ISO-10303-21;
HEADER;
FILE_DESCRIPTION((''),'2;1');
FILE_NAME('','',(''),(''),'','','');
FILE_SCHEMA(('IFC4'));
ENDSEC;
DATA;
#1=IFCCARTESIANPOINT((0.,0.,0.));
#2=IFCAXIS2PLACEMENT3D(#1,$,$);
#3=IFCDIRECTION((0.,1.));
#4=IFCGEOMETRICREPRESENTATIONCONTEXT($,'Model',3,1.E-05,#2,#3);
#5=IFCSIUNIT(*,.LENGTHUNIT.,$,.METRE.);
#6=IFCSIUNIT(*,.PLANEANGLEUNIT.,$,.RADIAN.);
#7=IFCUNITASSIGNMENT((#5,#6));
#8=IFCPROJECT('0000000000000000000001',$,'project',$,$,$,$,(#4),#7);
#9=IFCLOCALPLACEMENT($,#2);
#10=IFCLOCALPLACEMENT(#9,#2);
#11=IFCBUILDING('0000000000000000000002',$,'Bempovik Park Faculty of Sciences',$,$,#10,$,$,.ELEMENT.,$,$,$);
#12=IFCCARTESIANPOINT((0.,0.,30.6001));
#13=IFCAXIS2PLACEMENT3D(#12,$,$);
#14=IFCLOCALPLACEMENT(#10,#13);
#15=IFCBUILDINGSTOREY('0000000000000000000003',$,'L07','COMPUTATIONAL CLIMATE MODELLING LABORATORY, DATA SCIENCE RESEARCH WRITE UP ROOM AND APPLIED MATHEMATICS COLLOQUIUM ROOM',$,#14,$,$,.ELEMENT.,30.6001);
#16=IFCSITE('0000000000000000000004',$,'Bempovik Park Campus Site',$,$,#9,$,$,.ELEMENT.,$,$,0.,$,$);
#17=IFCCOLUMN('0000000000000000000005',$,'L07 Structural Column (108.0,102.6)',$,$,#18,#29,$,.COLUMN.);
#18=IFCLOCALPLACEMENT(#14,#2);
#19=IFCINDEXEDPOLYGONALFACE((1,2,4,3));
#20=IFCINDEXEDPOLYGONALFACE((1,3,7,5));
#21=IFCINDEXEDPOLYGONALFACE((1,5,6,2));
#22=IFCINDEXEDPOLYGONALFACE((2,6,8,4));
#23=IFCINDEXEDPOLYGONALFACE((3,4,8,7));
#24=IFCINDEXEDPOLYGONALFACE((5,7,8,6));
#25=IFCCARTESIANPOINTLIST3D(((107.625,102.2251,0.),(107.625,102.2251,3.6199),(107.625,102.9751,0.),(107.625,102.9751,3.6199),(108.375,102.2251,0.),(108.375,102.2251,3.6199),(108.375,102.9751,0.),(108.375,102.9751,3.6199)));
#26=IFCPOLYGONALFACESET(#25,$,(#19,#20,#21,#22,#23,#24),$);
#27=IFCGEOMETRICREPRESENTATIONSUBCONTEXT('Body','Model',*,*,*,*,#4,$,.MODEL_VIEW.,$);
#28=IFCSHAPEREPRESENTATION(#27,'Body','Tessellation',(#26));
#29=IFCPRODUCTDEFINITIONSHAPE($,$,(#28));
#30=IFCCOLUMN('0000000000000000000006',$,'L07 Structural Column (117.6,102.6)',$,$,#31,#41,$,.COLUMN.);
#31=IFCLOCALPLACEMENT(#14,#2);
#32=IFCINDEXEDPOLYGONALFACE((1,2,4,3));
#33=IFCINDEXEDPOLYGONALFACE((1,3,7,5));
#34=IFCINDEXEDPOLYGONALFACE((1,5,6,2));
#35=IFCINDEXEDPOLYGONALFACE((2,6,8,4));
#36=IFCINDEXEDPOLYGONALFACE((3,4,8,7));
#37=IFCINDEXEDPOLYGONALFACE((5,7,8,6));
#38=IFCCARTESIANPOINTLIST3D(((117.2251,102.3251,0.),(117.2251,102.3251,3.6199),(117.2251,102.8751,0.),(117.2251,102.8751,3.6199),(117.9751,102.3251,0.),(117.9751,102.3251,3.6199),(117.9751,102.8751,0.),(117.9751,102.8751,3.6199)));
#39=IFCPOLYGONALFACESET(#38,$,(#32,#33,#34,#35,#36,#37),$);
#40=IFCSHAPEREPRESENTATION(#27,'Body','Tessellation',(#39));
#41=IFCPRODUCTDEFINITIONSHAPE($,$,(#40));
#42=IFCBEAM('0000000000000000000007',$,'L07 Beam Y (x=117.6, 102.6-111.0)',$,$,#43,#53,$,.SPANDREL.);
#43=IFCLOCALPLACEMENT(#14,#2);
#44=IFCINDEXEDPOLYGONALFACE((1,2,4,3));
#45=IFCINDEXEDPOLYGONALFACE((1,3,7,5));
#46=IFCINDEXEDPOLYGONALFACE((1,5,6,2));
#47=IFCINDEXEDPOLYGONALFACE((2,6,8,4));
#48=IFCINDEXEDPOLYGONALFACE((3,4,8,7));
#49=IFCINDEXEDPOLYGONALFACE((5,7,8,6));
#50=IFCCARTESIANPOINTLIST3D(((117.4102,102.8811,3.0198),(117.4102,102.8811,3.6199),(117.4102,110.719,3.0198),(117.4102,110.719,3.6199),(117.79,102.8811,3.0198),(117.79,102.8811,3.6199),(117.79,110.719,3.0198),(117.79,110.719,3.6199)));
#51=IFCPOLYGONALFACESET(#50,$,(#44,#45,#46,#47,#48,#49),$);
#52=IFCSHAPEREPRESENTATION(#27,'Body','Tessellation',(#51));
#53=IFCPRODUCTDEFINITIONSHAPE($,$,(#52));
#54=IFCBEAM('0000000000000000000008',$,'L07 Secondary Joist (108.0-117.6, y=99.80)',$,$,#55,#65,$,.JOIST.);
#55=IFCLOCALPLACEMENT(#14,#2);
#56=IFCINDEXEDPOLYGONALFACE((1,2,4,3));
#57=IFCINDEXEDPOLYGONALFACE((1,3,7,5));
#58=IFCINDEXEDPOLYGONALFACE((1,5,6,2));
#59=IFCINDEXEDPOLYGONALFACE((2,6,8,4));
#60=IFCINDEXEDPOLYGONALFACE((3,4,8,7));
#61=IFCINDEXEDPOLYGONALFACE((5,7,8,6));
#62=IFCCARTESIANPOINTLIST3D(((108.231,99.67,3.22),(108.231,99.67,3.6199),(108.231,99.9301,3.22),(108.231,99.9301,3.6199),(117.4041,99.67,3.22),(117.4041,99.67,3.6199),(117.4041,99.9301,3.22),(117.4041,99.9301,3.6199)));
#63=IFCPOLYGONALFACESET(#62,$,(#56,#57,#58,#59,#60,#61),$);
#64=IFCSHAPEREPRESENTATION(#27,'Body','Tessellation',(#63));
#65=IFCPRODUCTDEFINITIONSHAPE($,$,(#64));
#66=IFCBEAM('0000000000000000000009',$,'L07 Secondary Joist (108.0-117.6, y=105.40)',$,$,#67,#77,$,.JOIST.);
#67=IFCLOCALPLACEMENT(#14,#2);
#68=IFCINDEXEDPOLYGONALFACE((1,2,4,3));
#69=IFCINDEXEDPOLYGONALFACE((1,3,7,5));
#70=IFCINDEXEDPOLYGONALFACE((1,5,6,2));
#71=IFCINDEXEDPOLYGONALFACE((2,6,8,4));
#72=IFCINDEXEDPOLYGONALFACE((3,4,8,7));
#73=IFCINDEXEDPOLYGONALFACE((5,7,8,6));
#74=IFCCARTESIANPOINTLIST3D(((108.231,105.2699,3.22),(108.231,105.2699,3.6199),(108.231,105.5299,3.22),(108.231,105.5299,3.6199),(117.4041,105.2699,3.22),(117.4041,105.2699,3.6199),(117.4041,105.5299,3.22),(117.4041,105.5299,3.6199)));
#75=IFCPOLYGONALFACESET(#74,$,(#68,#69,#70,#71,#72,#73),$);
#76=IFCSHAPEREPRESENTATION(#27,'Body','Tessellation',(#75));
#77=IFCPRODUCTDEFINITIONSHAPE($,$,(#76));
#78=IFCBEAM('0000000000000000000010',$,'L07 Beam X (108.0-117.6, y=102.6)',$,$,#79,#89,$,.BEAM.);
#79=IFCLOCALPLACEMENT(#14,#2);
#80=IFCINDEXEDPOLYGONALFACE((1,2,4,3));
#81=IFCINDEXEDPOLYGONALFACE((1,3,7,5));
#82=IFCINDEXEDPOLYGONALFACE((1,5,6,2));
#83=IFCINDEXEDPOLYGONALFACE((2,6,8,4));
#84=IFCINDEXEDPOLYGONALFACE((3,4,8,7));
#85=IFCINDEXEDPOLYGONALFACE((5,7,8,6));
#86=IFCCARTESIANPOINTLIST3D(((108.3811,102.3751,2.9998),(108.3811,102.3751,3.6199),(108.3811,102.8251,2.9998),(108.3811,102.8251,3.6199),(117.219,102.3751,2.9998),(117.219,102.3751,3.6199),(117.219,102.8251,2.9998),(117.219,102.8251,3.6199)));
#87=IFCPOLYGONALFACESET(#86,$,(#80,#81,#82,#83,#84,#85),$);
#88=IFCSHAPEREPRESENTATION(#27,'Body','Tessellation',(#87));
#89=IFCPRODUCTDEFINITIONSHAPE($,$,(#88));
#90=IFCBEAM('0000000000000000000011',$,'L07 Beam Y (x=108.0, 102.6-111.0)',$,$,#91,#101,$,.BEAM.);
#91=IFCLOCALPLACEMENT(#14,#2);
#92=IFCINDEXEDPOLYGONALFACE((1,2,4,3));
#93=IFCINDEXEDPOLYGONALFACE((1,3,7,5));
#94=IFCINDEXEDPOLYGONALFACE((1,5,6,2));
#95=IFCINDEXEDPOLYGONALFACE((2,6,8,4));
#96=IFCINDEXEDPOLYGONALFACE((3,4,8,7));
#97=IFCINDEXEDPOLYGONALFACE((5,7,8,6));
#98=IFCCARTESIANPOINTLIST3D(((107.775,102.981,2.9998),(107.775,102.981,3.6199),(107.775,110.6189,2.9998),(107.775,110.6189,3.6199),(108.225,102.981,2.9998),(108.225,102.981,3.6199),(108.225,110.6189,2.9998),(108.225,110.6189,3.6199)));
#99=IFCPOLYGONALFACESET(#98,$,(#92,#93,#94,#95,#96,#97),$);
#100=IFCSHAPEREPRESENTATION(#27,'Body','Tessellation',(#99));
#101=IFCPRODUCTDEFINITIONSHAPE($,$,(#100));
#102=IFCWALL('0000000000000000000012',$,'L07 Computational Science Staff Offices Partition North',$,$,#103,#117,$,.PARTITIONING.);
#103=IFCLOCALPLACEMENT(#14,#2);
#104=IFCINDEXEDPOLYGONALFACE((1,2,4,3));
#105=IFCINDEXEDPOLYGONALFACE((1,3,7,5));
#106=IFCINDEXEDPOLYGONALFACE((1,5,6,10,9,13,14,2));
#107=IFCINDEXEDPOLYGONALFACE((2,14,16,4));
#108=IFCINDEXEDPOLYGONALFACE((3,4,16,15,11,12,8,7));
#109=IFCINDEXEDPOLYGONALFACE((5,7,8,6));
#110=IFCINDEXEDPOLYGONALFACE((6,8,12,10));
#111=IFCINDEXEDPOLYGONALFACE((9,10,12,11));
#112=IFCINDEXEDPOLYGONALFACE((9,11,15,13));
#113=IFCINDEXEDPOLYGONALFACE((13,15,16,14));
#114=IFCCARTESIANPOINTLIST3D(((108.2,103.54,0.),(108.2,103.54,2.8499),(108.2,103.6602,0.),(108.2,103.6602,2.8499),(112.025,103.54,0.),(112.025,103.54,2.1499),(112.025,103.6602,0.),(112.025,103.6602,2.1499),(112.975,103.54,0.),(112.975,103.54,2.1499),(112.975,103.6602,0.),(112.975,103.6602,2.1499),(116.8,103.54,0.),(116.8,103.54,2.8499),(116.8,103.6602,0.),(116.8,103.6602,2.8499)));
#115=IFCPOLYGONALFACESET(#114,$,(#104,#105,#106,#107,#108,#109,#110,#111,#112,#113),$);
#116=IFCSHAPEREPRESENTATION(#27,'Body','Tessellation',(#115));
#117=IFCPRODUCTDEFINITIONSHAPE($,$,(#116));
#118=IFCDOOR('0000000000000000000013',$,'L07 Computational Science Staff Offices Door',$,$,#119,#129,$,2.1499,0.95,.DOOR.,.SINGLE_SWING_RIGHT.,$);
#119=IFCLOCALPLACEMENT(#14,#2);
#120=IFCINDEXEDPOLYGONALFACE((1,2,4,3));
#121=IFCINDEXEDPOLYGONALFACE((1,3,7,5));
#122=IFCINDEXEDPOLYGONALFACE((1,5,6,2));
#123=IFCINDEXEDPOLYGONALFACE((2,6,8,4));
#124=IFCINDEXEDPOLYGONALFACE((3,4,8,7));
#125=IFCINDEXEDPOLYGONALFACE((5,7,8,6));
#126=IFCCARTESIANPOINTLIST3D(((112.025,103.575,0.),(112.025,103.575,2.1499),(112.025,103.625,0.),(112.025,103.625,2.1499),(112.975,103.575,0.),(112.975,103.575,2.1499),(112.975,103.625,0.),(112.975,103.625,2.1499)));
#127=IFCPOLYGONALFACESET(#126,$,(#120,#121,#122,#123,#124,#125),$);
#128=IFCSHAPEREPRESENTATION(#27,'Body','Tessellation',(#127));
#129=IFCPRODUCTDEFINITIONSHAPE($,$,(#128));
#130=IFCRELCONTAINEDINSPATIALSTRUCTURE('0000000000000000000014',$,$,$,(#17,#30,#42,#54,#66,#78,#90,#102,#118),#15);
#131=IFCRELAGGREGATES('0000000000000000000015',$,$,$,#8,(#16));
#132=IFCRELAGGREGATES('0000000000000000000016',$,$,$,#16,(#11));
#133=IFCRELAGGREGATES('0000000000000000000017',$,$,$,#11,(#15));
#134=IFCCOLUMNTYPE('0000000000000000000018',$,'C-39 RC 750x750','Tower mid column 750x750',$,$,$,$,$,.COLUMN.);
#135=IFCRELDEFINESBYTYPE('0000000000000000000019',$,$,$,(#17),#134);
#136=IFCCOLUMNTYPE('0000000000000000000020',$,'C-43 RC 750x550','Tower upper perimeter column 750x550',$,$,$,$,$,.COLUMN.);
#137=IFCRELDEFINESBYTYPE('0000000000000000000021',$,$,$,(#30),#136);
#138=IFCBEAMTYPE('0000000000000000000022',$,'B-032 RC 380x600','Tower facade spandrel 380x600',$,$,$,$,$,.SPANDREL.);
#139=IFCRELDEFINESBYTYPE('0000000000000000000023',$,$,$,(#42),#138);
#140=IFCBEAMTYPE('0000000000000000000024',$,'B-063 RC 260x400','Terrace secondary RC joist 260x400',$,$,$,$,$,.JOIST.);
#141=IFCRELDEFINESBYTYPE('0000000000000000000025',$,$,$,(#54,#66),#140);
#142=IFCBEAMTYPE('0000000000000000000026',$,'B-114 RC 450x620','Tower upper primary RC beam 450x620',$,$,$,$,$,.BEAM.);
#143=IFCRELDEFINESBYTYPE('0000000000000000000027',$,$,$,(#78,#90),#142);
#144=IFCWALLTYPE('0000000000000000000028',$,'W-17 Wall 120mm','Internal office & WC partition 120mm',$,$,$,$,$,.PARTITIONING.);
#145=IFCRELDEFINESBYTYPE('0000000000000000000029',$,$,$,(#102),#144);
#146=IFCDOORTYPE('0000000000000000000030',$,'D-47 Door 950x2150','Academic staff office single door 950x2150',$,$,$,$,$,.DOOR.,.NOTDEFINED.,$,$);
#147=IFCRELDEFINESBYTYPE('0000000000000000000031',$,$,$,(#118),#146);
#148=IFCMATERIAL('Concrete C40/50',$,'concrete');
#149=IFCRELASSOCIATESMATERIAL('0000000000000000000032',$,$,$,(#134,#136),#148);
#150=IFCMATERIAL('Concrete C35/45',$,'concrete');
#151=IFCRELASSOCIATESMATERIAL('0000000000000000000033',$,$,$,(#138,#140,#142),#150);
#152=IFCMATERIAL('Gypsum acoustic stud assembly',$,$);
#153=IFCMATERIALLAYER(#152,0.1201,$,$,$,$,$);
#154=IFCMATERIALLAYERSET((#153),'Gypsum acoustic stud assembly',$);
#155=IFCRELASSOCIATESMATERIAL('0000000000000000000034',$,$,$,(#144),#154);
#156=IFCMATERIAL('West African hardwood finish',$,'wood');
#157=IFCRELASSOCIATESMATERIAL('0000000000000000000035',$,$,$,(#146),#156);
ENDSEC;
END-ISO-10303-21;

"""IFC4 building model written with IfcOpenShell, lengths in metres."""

from ifc_helpers import new_model, si_unit, direction, frame, frame_2d, origin, origin_2d, place, context, subcontext, project, spatial, rectangle, extrude, material, layer, layer_set, material_profile, profile_set, type_object, element, fill, save


model = new_model("IFC4")

# Units and contexts
model_context = context("Model", 3, precision=1e-05, world=origin(), true_north=direction((0.0, 1.0)))
body_context = subcontext(model_context, "Body", "Model", "MODEL_VIEW")
ifc_project = project(units=[si_unit("LENGTHUNIT", "METRE"), si_unit("PLANEANGLEUNIT", "RADIAN")], contexts=[model_context])

# Site, building, storey
site_placement = place(None, origin())
site = spatial("IfcSite", under=ifc_project, at=site_placement, Name="Bempovik Park Campus Site", CompositionType="ELEMENT", RefElevation=0.0)
building_placement = place(site_placement, origin())
building = spatial("IfcBuilding", under=site, at=building_placement, Name="Bempovik Park Faculty of Sciences", CompositionType="ELEMENT")
storey_placement = place(building_placement, frame((0.0, 0.0, 30.6001)))
storey = spatial("IfcBuildingStorey", under=building, at=storey_placement, Name="L07", Description="COMPUTATIONAL CLIMATE MODELLING LABORATORY, DATA SCIENCE RESEARCH WRITE UP ROOM AND APPLIED MATHEMATICS COLLOQUIUM ROOM", CompositionType="ELEMENT", Elevation=30.6001)

# Columns
ifc_material_1 = material(Name="Concrete C40/50", Category="concrete")
ifc_material_profile_1 = material_profile(ifc_material_1, rectangle(XDim=0.75, YDim=0.75, at=origin_2d()), Name="RC 750x750")
ifc_profile_set_1 = profile_set([ifc_material_profile_1], Name="Concrete C40/50")
column_type_1 = type_object("IfcColumnType", Name="C-39 RC 750x750", Description="Tower mid column 750x750", PredefinedType="COLUMN", material=ifc_profile_set_1)
column_1_placement = place(storey_placement, frame((108.0, 102.6001, 0.0), z_axis=(0.0, 0.0, 1.0), x_axis=(1.0, 0.0, 0.0)))
element("IfcColumn", 1, at=column_1_placement, inside=storey, type_object=column_type_1, Name="L07 Structural Column (108.0,102.6)", PredefinedType="COLUMN", context=body_context, shape_type="SweptSolid", body=[
    extrude(rectangle(XDim=0.75, YDim=0.75, at=origin_2d()), origin(), (0.0, 0.0, 1.0), 3.6199),
])
ifc_material_profile_2 = material_profile(ifc_material_1, rectangle(XDim=0.75, YDim=0.55, at=origin_2d()), Name="RC 750x550")
ifc_profile_set_2 = profile_set([ifc_material_profile_2], Name="Concrete C40/50")
column_type_2 = type_object("IfcColumnType", Name="C-43 RC 750x550", Description="Tower upper perimeter column 750x550", PredefinedType="COLUMN", material=ifc_profile_set_2)
column_2_placement = place(storey_placement, frame((117.6001, 102.6001, 0.0), z_axis=(0.0, 0.0, 1.0), x_axis=(1.0, 0.0, 0.0)))
element("IfcColumn", 2, at=column_2_placement, inside=storey, type_object=column_type_2, Name="L07 Structural Column (117.6,102.6)", PredefinedType="COLUMN", context=body_context, shape_type="SweptSolid", body=[
    extrude(rectangle(XDim=0.75, YDim=0.55, at=origin_2d()), origin(), (0.0, 0.0, 1.0), 3.6199),
])

# Beams
ifc_material_2 = material(Name="Concrete C35/45", Category="concrete")
ifc_material_profile_3 = material_profile(ifc_material_2, rectangle(XDim=0.3799, YDim=0.6001, at=origin_2d()), Name="RC 380x600")
ifc_profile_set_3 = profile_set([ifc_material_profile_3], Name="Concrete C35/45")
beam_type_1 = type_object("IfcBeamType", Name="B-032 RC 380x600", Description="Tower facade spandrel 380x600", PredefinedType="SPANDREL", material=ifc_profile_set_3)
beam_1_placement = place(storey_placement, frame((117.6001, 102.8811, 3.3198), z_axis=(0.0, 1.0, 0.0), x_axis=(-1.0, 0.0, 0.0)))
element("IfcBeam", 3, at=beam_1_placement, inside=storey, type_object=beam_type_1, Name="L07 Beam Y (x=117.6, 102.6-111.0)", PredefinedType="SPANDREL", context=body_context, shape_type="SweptSolid", body=[
    extrude(rectangle(XDim=0.3799, YDim=0.6001, at=origin_2d()), origin(), (0.0, 0.0, 1.0), 7.8379),
])
ifc_material_profile_4 = material_profile(ifc_material_2, rectangle(XDim=0.26, YDim=0.3999, at=origin_2d()), Name="RC 260x400")
ifc_profile_set_4 = profile_set([ifc_material_profile_4], Name="Concrete C35/45")
beam_type_2 = type_object("IfcBeamType", Name="B-063 RC 260x400", Description="Terrace secondary RC joist 260x400", PredefinedType="JOIST", material=ifc_profile_set_4)
for number, where, z_axis, x_axis, name in (
    (4, (108.231, 99.8, 3.4199), (1.0, 0.0, 0.0), (0.0, 1.0, 0.0), "L07 Secondary Joist (108.0-117.6, y=99.80)"),
    (5, (108.231, 105.3999, 3.4199), (1.0, 0.0, 0.0), (0.0, 1.0, 0.0), "L07 Secondary Joist (108.0-117.6, y=105.40)"),
):
    element("IfcBeam", number, at=place(storey_placement, frame(where, z_axis=z_axis, x_axis=x_axis)), inside=storey, type_object=beam_type_2, Name=name, PredefinedType="JOIST", context=body_context, shape_type="SweptSolid", body=[
        extrude(rectangle(XDim=0.26, YDim=0.3999, at=origin_2d()), origin(), (0.0, 0.0, 1.0), 9.1731),
    ])
ifc_material_profile_5 = material_profile(ifc_material_2, rectangle(XDim=0.45, YDim=0.6201, at=origin_2d()), Name="RC 450x620")
ifc_profile_set_5 = profile_set([ifc_material_profile_5], Name="Concrete C35/45")
beam_type_3 = type_object("IfcBeamType", Name="B-114 RC 450x620", Description="Tower upper primary RC beam 450x620", PredefinedType="BEAM", material=ifc_profile_set_5)
beam_2_placement = place(storey_placement, frame((108.3811, 102.6001, 3.3098), z_axis=(1.0, 0.0, 0.0), x_axis=(0.0, 1.0, 0.0)))
element("IfcBeam", 6, at=beam_2_placement, inside=storey, type_object=beam_type_3, Name="L07 Beam X (108.0-117.6, y=102.6)", PredefinedType="BEAM", context=body_context, shape_type="SweptSolid", body=[
    extrude(rectangle(XDim=0.45, YDim=0.6201, at=origin_2d()), origin(), (0.0, 0.0, 1.0), 8.8379),
])
beam_3_placement = place(storey_placement, frame((108.0, 102.981, 3.3098), z_axis=(0.0, 1.0, 0.0), x_axis=(-1.0, 0.0, 0.0)))
element("IfcBeam", 7, at=beam_3_placement, inside=storey, type_object=beam_type_3, Name="L07 Beam Y (x=108.0, 102.6-111.0)", PredefinedType="BEAM", context=body_context, shape_type="SweptSolid", body=[
    extrude(rectangle(XDim=0.45, YDim=0.6201, at=origin_2d()), origin(), (0.0, 0.0, 1.0), 7.6379),
])

# Wall, opening, door
ifc_material_3 = material(Name="Gypsum acoustic stud assembly")
ifc_layer_1 = layer(ifc_material_3, 0.1201)
ifc_layer_set_1 = layer_set([ifc_layer_1], Name="Gypsum acoustic stud assembly")
wall_type_1 = type_object("IfcWallType", Name="W-17 Wall 120mm", Description="Internal office & WC partition 120mm", PredefinedType="PARTITIONING", material=ifc_layer_set_1)
wall_1_placement = place(storey_placement, frame((108.2, 103.6001, 0.0), z_axis=(0.0, 0.0, 1.0), x_axis=(1.0, 0.0, 0.0)))
wall_1 = element("IfcWall", 8, at=wall_1_placement, inside=storey, type_object=wall_type_1, Name="L07 Computational Science Staff Offices Partition North", PredefinedType="PARTITIONING", context=body_context, shape_type="SweptSolid", body=[
    extrude(rectangle(XDim=8.6001, YDim=0.1201, at=frame_2d((4.3, 0.0))), origin(), (0.0, 0.0, 1.0), 2.8499),
])
opening_1_placement = place(wall_1_placement, frame((3.825, 0.0, 0.0)))
opening_1 = element("IfcOpeningElement", 9, at=opening_1_placement, cuts=wall_1, PredefinedType="OPENING", context=body_context, shape_type="SweptSolid", body=[
    extrude(rectangle(XDim=0.95, YDim=2.1499, at=frame_2d((0.4751, 1.075))), frame((0.0, 0.0701, 0.0), z_axis=(0.0, -1.0, 0.0), x_axis=(1.0, 0.0, 0.0)), (0.0, 0.0, 1.0), 0.1401),
])
ifc_material_4 = material(Name="West African hardwood finish", Category="wood")
door_type = type_object("IfcDoorType", Name="D-47 Door 950x2150", Description="Academic staff office single door 950x2150", OperationType="NOTDEFINED", PredefinedType="DOOR", material=ifc_material_4)
door_placement = place(opening_1_placement, origin())
door = element("IfcDoor", 10, at=door_placement, inside=storey, type_object=door_type, Name="L07 Computational Science Staff Offices Door", OperationType="SINGLE_SWING_RIGHT", OverallHeight=2.1499, OverallWidth=0.95, PredefinedType="DOOR", context=body_context, shape_type="SweptSolid", body=[
    extrude(rectangle(XDim=0.95, YDim=2.1499, at=frame_2d((0.4751, 1.075))), frame((0.0, 0.0249, 0.0), z_axis=(0.0, -1.0, 0.0), x_axis=(1.0, 0.0, 0.0)), (0.0, 0.0, 1.0), 0.05),
])
fill(opening_1, door)

save(model, "model.ifc")
